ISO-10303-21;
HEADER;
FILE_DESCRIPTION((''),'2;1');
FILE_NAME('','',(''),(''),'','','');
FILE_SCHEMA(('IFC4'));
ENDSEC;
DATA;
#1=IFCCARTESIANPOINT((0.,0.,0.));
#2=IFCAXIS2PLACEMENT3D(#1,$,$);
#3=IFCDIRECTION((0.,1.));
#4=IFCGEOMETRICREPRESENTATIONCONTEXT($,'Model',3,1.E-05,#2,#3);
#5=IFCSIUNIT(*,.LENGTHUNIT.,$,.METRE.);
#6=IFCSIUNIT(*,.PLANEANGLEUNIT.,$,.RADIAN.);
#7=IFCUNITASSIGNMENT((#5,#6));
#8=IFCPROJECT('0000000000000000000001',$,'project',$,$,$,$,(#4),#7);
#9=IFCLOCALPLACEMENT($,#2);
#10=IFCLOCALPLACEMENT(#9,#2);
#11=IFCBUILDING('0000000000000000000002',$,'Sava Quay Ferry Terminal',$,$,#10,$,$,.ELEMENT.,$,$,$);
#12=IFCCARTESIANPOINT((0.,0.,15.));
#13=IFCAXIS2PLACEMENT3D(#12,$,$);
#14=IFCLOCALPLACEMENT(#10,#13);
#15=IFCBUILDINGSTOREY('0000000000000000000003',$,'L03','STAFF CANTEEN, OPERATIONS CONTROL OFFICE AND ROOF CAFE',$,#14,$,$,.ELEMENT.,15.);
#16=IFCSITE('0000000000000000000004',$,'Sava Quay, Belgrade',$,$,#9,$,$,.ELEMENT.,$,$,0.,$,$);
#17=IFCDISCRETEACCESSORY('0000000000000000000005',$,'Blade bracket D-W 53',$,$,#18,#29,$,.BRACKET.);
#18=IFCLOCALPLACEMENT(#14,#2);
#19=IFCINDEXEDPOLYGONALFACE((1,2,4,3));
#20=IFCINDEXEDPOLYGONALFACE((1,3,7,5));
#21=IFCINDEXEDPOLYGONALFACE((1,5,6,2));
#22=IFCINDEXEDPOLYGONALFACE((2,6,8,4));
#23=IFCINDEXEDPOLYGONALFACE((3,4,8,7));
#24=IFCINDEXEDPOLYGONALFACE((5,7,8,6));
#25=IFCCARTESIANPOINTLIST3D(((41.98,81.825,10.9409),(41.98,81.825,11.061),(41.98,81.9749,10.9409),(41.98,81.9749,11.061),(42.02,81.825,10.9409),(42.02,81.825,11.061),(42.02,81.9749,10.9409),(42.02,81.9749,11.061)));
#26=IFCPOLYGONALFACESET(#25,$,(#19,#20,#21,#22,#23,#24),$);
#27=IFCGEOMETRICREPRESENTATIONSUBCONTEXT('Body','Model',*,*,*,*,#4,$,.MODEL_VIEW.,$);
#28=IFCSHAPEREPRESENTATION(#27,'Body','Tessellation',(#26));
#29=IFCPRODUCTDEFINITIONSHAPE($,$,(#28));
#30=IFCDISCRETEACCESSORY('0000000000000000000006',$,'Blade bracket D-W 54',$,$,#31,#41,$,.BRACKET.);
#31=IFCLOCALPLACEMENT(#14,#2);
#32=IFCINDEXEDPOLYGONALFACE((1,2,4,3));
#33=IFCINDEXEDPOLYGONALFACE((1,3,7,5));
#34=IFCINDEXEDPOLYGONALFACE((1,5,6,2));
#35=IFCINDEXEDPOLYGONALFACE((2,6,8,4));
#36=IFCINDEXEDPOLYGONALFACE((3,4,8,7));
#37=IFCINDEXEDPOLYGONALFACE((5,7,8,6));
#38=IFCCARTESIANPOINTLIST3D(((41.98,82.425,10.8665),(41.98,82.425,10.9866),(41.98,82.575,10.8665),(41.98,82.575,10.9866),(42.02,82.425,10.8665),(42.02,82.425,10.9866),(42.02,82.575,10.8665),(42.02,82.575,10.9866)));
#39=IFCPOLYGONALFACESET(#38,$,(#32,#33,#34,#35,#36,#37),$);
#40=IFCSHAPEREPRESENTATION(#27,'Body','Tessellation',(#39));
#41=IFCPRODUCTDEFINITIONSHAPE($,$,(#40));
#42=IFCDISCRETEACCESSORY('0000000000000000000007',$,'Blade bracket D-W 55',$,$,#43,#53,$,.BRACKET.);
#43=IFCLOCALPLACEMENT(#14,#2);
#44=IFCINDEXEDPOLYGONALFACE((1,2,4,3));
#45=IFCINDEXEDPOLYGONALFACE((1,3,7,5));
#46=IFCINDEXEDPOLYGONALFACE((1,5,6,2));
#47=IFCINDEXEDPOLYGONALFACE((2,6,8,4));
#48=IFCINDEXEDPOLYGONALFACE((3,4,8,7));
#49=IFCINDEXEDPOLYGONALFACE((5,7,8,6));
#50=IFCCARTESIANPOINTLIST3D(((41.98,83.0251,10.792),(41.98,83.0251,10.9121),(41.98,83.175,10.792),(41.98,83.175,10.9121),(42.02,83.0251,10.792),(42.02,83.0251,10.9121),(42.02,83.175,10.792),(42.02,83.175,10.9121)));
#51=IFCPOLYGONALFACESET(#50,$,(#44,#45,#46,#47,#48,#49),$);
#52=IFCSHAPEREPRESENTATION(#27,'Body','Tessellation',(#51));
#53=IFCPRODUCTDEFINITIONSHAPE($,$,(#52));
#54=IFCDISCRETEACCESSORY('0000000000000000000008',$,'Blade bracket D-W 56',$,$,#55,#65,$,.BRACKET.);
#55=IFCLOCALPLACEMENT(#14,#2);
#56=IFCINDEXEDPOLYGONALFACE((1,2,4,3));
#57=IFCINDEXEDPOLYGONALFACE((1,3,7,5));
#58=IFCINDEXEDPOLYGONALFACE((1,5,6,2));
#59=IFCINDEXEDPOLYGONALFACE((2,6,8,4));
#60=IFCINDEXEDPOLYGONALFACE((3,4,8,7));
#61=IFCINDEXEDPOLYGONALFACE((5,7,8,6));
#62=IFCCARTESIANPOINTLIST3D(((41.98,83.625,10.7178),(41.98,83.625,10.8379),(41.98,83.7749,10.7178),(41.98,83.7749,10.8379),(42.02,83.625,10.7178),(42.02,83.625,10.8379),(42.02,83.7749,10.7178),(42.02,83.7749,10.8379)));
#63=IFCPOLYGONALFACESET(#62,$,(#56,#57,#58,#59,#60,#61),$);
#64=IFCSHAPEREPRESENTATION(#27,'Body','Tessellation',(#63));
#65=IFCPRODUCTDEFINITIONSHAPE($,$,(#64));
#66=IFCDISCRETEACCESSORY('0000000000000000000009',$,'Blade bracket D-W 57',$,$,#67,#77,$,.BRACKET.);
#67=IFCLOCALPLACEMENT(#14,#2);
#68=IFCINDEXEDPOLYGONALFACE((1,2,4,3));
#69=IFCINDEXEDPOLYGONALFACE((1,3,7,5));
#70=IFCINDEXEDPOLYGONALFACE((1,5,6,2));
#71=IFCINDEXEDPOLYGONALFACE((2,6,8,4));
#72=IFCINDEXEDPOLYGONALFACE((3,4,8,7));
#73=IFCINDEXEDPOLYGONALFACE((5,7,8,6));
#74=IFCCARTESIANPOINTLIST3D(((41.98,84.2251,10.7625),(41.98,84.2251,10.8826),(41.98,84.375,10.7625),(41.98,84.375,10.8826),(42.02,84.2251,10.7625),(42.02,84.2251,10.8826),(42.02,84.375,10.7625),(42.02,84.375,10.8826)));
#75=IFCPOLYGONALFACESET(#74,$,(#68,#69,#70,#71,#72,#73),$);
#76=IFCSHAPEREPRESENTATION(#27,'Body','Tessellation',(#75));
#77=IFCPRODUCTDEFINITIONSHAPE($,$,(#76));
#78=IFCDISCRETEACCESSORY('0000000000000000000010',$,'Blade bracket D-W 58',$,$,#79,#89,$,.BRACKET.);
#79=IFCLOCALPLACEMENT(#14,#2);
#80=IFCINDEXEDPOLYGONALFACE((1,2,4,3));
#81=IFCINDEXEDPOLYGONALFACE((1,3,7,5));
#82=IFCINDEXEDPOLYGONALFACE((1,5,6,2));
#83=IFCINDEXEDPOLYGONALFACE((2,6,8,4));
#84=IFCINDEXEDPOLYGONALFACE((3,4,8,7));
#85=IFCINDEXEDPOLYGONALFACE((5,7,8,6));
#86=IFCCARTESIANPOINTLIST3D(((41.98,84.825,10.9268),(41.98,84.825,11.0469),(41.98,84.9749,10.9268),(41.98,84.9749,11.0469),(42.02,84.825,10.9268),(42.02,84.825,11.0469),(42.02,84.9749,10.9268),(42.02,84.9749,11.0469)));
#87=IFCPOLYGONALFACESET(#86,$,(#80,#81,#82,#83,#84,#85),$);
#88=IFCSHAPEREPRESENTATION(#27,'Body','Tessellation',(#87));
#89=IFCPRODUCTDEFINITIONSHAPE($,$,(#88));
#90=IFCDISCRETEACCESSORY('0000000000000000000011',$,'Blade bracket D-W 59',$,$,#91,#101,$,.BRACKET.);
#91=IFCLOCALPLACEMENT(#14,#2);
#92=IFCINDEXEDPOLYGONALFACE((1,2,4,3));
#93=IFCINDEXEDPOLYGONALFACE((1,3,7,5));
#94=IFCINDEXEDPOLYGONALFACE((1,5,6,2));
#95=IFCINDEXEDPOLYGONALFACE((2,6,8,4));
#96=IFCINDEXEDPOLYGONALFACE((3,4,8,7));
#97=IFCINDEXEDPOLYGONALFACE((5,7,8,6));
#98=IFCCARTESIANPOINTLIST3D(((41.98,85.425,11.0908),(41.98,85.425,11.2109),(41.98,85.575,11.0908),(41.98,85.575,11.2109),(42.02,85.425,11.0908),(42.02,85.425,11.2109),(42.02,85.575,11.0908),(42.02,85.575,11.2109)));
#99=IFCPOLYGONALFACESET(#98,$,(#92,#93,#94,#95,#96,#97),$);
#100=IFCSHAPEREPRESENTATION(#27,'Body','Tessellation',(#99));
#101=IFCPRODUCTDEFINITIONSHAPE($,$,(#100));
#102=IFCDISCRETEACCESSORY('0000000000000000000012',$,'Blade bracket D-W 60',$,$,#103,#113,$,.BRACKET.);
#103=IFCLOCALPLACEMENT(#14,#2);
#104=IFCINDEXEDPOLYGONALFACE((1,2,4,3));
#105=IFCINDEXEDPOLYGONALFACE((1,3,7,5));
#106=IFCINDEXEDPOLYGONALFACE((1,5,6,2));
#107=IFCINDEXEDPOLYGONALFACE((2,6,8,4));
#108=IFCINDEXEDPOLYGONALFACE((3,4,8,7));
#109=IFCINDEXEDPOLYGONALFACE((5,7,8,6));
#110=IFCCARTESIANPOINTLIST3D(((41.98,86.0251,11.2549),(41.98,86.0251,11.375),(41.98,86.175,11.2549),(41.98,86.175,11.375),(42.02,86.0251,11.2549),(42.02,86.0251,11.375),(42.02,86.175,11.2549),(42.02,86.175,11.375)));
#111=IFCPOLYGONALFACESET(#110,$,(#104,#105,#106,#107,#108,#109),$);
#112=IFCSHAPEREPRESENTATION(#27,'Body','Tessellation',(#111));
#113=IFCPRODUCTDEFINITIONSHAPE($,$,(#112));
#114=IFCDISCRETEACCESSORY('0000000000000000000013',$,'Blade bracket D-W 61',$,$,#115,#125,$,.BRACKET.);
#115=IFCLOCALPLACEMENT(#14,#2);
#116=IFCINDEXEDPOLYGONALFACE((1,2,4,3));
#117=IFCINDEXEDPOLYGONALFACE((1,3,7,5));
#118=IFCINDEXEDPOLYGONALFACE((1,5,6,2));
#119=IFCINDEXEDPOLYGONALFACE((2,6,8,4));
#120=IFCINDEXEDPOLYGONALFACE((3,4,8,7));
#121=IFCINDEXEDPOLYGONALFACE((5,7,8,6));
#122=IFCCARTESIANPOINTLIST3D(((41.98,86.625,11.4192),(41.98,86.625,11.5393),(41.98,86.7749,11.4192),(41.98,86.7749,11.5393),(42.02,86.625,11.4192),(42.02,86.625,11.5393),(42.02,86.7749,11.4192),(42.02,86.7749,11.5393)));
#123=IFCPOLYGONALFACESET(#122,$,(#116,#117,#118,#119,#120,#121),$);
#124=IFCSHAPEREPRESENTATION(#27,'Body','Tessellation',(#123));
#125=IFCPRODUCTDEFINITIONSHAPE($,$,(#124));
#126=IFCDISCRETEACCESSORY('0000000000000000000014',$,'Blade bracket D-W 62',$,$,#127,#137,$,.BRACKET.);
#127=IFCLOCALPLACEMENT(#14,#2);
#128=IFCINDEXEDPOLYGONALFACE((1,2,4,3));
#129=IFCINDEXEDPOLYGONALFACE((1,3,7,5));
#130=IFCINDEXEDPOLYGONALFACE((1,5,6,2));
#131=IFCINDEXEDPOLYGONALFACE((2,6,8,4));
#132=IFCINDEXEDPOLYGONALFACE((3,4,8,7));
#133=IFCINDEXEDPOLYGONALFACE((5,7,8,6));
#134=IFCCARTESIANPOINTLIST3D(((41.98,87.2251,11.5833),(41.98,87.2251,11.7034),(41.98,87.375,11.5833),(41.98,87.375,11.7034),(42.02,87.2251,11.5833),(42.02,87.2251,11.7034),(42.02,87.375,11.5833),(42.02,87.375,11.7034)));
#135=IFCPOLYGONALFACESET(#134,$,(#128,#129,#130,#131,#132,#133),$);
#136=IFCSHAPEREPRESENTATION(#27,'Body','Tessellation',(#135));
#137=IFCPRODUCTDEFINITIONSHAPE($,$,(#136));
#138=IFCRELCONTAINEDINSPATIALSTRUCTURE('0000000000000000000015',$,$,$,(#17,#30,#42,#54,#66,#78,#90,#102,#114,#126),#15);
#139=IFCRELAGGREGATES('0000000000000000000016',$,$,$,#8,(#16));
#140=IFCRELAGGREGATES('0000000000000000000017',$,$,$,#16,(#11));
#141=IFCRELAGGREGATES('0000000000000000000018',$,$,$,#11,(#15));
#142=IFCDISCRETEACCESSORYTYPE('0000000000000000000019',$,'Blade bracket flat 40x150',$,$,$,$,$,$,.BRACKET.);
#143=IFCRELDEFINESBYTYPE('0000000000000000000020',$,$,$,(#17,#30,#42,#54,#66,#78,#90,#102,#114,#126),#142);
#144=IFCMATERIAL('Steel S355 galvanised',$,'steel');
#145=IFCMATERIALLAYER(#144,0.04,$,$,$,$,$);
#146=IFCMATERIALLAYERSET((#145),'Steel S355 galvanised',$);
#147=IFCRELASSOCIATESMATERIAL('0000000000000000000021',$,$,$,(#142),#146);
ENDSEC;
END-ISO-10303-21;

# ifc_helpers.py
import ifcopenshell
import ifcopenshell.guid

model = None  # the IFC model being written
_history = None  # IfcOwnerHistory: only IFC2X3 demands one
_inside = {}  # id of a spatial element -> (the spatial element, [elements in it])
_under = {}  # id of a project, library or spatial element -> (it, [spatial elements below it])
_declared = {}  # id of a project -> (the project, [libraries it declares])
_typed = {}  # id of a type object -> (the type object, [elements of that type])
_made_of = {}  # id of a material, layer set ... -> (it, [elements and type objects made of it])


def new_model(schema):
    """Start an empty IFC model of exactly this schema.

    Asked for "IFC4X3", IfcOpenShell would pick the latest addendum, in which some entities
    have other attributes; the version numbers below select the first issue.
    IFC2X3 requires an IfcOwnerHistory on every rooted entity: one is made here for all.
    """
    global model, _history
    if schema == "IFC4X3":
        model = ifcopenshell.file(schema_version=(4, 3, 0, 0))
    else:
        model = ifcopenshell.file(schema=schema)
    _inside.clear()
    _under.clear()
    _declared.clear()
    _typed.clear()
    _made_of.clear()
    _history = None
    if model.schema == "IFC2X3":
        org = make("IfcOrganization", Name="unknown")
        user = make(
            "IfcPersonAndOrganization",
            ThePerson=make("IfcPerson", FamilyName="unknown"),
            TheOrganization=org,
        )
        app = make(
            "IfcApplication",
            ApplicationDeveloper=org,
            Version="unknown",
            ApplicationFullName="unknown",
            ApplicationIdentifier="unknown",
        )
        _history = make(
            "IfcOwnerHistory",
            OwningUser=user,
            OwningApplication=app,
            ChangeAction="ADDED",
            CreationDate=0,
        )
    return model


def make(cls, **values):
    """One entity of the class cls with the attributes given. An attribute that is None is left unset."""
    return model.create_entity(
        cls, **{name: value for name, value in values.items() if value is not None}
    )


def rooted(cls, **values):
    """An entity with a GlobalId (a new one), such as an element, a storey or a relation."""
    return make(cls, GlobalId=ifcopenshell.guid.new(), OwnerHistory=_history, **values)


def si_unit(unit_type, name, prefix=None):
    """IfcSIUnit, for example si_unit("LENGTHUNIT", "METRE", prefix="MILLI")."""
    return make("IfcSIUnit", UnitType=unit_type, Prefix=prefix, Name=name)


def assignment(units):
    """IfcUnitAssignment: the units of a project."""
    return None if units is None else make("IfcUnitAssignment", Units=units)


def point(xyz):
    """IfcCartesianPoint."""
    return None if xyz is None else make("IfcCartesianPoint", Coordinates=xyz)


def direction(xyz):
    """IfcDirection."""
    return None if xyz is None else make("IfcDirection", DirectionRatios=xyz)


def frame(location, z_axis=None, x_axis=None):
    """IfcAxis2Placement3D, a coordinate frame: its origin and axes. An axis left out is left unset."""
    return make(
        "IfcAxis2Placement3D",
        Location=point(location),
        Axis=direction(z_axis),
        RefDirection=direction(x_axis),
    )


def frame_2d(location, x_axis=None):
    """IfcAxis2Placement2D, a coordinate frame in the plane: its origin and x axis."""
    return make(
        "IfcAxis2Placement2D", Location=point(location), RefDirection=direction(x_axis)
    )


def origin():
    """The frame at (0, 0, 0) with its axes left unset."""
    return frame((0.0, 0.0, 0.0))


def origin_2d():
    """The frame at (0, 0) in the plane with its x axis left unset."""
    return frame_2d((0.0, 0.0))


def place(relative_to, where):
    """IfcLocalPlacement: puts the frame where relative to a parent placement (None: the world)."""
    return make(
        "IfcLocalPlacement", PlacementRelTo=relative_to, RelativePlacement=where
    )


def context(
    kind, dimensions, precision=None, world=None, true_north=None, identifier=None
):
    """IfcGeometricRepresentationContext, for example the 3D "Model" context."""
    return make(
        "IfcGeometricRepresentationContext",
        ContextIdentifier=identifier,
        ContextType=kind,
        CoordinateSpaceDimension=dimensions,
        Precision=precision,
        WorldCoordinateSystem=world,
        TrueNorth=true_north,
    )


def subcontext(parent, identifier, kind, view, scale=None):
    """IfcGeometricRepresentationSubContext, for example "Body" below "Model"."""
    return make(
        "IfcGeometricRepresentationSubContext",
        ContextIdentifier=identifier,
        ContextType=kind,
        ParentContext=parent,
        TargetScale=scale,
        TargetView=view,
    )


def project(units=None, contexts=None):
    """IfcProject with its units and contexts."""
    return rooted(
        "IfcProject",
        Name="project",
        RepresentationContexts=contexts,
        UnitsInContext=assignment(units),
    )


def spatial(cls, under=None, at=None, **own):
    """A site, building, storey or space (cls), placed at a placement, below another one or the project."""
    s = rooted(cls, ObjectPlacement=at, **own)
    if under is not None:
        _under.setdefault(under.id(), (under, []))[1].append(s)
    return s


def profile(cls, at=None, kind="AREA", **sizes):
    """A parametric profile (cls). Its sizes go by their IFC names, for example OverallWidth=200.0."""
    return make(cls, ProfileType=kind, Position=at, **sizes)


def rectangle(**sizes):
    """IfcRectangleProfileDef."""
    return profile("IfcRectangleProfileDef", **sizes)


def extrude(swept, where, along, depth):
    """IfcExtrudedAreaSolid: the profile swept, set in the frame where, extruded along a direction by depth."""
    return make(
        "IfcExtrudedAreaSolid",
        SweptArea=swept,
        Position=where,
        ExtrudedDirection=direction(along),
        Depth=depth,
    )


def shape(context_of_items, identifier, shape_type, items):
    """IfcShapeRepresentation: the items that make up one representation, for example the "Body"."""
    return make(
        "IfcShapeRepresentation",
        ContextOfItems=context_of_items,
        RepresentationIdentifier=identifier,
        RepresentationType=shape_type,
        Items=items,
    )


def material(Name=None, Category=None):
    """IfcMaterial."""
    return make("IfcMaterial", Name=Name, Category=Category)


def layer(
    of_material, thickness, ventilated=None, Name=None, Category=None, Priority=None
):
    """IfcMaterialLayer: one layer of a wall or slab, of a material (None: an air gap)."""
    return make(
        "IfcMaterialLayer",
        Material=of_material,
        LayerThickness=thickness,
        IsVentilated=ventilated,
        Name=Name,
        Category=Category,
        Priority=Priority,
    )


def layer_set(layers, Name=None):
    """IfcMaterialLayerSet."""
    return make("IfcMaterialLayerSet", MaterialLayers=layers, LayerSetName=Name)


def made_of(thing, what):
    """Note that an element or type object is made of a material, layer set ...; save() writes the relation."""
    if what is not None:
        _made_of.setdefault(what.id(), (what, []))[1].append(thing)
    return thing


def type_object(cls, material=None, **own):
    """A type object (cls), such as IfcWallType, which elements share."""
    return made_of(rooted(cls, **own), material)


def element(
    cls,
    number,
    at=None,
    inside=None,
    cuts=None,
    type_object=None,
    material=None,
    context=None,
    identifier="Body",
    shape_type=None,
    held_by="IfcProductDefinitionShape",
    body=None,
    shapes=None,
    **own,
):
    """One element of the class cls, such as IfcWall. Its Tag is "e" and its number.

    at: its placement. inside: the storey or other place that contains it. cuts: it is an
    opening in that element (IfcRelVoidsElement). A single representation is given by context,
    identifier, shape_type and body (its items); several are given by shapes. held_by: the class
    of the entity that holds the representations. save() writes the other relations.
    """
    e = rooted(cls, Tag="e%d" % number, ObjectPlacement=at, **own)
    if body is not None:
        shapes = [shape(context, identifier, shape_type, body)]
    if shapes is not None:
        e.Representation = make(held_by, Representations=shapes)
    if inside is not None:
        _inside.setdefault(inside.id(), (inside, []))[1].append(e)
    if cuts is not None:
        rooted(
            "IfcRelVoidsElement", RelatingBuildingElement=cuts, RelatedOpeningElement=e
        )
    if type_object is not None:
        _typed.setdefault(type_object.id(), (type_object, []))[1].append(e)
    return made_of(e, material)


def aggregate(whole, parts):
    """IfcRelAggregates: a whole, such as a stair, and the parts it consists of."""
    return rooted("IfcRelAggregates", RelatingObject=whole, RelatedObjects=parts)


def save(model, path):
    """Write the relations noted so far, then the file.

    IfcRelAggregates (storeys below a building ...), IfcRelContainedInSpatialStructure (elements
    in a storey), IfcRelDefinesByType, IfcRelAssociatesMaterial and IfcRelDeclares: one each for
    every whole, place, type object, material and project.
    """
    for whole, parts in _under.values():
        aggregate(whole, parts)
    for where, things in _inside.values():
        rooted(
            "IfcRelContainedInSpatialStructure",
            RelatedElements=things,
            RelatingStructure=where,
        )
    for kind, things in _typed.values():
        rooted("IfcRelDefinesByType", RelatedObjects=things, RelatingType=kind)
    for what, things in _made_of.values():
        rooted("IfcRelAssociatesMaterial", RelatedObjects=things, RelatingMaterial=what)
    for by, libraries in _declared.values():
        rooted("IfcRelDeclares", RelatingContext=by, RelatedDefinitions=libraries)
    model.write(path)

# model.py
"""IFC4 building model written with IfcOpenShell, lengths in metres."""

from ifc_helpers import new_model, si_unit, direction, frame, origin, origin_2d, place, context, subcontext, project, spatial, rectangle, extrude, material, layer, layer_set, type_object, element, save


model = new_model("IFC4")

# Units and contexts
model_context = context("Model", 3, precision=1e-05, world=origin(), true_north=direction((0.0, 1.0)))
body_context = subcontext(model_context, "Body", "Model", "MODEL_VIEW")
ifc_project = project(units=[si_unit("LENGTHUNIT", "METRE"), si_unit("PLANEANGLEUNIT", "RADIAN")], contexts=[model_context])

# Site, building, storey
site_placement = place(None, origin())
site = spatial("IfcSite", under=ifc_project, at=site_placement, Name="Sava Quay, Belgrade", CompositionType="ELEMENT", RefElevation=0.0)
building_placement = place(site_placement, origin())
building = spatial("IfcBuilding", under=site, at=building_placement, Name="Sava Quay Ferry Terminal", CompositionType="ELEMENT")
storey_placement = place(building_placement, frame((0.0, 0.0, 15.0)))
storey = spatial("IfcBuildingStorey", under=building, at=storey_placement, Name="L03", Description="STAFF CANTEEN, OPERATIONS CONTROL OFFICE AND ROOF CAFE", CompositionType="ELEMENT", Elevation=15.0)

# Discrete accessories
ifc_material_1 = material(Name="Steel S355 galvanised", Category="steel")
ifc_layer_1 = layer(ifc_material_1, 0.04)
ifc_layer_set_1 = layer_set([ifc_layer_1], Name="Steel S355 galvanised")
discrete_accessory_type = type_object("IfcDiscreteAccessoryType", Name="Blade bracket flat 40x150", PredefinedType="BRACKET", material=ifc_layer_set_1)
for number, where, z_axis, x_axis, name in (
    (1, (42.0, 81.8999, 10.9409), (0.0, 0.0, 1.0), (1.0, 0.0, 0.0), "Blade bracket D-W 53"),
    (2, (42.0, 82.5, 10.8665), (0.0, 0.0, 1.0), (1.0, 0.0, 0.0), "Blade bracket D-W 54"),
    (3, (42.0, 83.1001, 10.792), (0.0, 0.0, 1.0), (1.0, 0.0, 0.0), "Blade bracket D-W 55"),
    (4, (42.0, 83.7, 10.7178), (0.0, 0.0, 1.0), (1.0, 0.0, 0.0), "Blade bracket D-W 56"),
    (5, (42.0, 84.3, 10.7625), (0.0, 0.0, 1.0), (1.0, 0.0, 0.0), "Blade bracket D-W 57"),
    (6, (42.0, 84.8999, 10.9268), (0.0, 0.0, 1.0), (1.0, 0.0, 0.0), "Blade bracket D-W 58"),
    (7, (42.0, 85.5, 11.0908), (0.0, 0.0, 1.0), (1.0, 0.0, 0.0), "Blade bracket D-W 59"),
    (8, (42.0, 86.1001, 11.2549), (0.0, 0.0, 1.0), (1.0, 0.0, 0.0), "Blade bracket D-W 60"),
    (9, (42.0, 86.7, 11.4192), (0.0, 0.0, 1.0), (1.0, 0.0, 0.0), "Blade bracket D-W 61"),
    (10, (42.0, 87.3, 11.5833), (0.0, 0.0, 1.0), (1.0, 0.0, 0.0), "Blade bracket D-W 62"),
):
    element("IfcDiscreteAccessory", number, at=place(storey_placement, frame(where, z_axis=z_axis, x_axis=x_axis)), inside=storey, type_object=discrete_accessory_type, Name=name, PredefinedType="BRACKET", context=body_context, shape_type="SweptSolid", body=[
        extrude(rectangle(XDim=0.04, YDim=0.1499, at=origin_2d()), origin(), (0.0, 0.0, 1.0), 0.1201),
    ])

save(model, "model.ifc")
